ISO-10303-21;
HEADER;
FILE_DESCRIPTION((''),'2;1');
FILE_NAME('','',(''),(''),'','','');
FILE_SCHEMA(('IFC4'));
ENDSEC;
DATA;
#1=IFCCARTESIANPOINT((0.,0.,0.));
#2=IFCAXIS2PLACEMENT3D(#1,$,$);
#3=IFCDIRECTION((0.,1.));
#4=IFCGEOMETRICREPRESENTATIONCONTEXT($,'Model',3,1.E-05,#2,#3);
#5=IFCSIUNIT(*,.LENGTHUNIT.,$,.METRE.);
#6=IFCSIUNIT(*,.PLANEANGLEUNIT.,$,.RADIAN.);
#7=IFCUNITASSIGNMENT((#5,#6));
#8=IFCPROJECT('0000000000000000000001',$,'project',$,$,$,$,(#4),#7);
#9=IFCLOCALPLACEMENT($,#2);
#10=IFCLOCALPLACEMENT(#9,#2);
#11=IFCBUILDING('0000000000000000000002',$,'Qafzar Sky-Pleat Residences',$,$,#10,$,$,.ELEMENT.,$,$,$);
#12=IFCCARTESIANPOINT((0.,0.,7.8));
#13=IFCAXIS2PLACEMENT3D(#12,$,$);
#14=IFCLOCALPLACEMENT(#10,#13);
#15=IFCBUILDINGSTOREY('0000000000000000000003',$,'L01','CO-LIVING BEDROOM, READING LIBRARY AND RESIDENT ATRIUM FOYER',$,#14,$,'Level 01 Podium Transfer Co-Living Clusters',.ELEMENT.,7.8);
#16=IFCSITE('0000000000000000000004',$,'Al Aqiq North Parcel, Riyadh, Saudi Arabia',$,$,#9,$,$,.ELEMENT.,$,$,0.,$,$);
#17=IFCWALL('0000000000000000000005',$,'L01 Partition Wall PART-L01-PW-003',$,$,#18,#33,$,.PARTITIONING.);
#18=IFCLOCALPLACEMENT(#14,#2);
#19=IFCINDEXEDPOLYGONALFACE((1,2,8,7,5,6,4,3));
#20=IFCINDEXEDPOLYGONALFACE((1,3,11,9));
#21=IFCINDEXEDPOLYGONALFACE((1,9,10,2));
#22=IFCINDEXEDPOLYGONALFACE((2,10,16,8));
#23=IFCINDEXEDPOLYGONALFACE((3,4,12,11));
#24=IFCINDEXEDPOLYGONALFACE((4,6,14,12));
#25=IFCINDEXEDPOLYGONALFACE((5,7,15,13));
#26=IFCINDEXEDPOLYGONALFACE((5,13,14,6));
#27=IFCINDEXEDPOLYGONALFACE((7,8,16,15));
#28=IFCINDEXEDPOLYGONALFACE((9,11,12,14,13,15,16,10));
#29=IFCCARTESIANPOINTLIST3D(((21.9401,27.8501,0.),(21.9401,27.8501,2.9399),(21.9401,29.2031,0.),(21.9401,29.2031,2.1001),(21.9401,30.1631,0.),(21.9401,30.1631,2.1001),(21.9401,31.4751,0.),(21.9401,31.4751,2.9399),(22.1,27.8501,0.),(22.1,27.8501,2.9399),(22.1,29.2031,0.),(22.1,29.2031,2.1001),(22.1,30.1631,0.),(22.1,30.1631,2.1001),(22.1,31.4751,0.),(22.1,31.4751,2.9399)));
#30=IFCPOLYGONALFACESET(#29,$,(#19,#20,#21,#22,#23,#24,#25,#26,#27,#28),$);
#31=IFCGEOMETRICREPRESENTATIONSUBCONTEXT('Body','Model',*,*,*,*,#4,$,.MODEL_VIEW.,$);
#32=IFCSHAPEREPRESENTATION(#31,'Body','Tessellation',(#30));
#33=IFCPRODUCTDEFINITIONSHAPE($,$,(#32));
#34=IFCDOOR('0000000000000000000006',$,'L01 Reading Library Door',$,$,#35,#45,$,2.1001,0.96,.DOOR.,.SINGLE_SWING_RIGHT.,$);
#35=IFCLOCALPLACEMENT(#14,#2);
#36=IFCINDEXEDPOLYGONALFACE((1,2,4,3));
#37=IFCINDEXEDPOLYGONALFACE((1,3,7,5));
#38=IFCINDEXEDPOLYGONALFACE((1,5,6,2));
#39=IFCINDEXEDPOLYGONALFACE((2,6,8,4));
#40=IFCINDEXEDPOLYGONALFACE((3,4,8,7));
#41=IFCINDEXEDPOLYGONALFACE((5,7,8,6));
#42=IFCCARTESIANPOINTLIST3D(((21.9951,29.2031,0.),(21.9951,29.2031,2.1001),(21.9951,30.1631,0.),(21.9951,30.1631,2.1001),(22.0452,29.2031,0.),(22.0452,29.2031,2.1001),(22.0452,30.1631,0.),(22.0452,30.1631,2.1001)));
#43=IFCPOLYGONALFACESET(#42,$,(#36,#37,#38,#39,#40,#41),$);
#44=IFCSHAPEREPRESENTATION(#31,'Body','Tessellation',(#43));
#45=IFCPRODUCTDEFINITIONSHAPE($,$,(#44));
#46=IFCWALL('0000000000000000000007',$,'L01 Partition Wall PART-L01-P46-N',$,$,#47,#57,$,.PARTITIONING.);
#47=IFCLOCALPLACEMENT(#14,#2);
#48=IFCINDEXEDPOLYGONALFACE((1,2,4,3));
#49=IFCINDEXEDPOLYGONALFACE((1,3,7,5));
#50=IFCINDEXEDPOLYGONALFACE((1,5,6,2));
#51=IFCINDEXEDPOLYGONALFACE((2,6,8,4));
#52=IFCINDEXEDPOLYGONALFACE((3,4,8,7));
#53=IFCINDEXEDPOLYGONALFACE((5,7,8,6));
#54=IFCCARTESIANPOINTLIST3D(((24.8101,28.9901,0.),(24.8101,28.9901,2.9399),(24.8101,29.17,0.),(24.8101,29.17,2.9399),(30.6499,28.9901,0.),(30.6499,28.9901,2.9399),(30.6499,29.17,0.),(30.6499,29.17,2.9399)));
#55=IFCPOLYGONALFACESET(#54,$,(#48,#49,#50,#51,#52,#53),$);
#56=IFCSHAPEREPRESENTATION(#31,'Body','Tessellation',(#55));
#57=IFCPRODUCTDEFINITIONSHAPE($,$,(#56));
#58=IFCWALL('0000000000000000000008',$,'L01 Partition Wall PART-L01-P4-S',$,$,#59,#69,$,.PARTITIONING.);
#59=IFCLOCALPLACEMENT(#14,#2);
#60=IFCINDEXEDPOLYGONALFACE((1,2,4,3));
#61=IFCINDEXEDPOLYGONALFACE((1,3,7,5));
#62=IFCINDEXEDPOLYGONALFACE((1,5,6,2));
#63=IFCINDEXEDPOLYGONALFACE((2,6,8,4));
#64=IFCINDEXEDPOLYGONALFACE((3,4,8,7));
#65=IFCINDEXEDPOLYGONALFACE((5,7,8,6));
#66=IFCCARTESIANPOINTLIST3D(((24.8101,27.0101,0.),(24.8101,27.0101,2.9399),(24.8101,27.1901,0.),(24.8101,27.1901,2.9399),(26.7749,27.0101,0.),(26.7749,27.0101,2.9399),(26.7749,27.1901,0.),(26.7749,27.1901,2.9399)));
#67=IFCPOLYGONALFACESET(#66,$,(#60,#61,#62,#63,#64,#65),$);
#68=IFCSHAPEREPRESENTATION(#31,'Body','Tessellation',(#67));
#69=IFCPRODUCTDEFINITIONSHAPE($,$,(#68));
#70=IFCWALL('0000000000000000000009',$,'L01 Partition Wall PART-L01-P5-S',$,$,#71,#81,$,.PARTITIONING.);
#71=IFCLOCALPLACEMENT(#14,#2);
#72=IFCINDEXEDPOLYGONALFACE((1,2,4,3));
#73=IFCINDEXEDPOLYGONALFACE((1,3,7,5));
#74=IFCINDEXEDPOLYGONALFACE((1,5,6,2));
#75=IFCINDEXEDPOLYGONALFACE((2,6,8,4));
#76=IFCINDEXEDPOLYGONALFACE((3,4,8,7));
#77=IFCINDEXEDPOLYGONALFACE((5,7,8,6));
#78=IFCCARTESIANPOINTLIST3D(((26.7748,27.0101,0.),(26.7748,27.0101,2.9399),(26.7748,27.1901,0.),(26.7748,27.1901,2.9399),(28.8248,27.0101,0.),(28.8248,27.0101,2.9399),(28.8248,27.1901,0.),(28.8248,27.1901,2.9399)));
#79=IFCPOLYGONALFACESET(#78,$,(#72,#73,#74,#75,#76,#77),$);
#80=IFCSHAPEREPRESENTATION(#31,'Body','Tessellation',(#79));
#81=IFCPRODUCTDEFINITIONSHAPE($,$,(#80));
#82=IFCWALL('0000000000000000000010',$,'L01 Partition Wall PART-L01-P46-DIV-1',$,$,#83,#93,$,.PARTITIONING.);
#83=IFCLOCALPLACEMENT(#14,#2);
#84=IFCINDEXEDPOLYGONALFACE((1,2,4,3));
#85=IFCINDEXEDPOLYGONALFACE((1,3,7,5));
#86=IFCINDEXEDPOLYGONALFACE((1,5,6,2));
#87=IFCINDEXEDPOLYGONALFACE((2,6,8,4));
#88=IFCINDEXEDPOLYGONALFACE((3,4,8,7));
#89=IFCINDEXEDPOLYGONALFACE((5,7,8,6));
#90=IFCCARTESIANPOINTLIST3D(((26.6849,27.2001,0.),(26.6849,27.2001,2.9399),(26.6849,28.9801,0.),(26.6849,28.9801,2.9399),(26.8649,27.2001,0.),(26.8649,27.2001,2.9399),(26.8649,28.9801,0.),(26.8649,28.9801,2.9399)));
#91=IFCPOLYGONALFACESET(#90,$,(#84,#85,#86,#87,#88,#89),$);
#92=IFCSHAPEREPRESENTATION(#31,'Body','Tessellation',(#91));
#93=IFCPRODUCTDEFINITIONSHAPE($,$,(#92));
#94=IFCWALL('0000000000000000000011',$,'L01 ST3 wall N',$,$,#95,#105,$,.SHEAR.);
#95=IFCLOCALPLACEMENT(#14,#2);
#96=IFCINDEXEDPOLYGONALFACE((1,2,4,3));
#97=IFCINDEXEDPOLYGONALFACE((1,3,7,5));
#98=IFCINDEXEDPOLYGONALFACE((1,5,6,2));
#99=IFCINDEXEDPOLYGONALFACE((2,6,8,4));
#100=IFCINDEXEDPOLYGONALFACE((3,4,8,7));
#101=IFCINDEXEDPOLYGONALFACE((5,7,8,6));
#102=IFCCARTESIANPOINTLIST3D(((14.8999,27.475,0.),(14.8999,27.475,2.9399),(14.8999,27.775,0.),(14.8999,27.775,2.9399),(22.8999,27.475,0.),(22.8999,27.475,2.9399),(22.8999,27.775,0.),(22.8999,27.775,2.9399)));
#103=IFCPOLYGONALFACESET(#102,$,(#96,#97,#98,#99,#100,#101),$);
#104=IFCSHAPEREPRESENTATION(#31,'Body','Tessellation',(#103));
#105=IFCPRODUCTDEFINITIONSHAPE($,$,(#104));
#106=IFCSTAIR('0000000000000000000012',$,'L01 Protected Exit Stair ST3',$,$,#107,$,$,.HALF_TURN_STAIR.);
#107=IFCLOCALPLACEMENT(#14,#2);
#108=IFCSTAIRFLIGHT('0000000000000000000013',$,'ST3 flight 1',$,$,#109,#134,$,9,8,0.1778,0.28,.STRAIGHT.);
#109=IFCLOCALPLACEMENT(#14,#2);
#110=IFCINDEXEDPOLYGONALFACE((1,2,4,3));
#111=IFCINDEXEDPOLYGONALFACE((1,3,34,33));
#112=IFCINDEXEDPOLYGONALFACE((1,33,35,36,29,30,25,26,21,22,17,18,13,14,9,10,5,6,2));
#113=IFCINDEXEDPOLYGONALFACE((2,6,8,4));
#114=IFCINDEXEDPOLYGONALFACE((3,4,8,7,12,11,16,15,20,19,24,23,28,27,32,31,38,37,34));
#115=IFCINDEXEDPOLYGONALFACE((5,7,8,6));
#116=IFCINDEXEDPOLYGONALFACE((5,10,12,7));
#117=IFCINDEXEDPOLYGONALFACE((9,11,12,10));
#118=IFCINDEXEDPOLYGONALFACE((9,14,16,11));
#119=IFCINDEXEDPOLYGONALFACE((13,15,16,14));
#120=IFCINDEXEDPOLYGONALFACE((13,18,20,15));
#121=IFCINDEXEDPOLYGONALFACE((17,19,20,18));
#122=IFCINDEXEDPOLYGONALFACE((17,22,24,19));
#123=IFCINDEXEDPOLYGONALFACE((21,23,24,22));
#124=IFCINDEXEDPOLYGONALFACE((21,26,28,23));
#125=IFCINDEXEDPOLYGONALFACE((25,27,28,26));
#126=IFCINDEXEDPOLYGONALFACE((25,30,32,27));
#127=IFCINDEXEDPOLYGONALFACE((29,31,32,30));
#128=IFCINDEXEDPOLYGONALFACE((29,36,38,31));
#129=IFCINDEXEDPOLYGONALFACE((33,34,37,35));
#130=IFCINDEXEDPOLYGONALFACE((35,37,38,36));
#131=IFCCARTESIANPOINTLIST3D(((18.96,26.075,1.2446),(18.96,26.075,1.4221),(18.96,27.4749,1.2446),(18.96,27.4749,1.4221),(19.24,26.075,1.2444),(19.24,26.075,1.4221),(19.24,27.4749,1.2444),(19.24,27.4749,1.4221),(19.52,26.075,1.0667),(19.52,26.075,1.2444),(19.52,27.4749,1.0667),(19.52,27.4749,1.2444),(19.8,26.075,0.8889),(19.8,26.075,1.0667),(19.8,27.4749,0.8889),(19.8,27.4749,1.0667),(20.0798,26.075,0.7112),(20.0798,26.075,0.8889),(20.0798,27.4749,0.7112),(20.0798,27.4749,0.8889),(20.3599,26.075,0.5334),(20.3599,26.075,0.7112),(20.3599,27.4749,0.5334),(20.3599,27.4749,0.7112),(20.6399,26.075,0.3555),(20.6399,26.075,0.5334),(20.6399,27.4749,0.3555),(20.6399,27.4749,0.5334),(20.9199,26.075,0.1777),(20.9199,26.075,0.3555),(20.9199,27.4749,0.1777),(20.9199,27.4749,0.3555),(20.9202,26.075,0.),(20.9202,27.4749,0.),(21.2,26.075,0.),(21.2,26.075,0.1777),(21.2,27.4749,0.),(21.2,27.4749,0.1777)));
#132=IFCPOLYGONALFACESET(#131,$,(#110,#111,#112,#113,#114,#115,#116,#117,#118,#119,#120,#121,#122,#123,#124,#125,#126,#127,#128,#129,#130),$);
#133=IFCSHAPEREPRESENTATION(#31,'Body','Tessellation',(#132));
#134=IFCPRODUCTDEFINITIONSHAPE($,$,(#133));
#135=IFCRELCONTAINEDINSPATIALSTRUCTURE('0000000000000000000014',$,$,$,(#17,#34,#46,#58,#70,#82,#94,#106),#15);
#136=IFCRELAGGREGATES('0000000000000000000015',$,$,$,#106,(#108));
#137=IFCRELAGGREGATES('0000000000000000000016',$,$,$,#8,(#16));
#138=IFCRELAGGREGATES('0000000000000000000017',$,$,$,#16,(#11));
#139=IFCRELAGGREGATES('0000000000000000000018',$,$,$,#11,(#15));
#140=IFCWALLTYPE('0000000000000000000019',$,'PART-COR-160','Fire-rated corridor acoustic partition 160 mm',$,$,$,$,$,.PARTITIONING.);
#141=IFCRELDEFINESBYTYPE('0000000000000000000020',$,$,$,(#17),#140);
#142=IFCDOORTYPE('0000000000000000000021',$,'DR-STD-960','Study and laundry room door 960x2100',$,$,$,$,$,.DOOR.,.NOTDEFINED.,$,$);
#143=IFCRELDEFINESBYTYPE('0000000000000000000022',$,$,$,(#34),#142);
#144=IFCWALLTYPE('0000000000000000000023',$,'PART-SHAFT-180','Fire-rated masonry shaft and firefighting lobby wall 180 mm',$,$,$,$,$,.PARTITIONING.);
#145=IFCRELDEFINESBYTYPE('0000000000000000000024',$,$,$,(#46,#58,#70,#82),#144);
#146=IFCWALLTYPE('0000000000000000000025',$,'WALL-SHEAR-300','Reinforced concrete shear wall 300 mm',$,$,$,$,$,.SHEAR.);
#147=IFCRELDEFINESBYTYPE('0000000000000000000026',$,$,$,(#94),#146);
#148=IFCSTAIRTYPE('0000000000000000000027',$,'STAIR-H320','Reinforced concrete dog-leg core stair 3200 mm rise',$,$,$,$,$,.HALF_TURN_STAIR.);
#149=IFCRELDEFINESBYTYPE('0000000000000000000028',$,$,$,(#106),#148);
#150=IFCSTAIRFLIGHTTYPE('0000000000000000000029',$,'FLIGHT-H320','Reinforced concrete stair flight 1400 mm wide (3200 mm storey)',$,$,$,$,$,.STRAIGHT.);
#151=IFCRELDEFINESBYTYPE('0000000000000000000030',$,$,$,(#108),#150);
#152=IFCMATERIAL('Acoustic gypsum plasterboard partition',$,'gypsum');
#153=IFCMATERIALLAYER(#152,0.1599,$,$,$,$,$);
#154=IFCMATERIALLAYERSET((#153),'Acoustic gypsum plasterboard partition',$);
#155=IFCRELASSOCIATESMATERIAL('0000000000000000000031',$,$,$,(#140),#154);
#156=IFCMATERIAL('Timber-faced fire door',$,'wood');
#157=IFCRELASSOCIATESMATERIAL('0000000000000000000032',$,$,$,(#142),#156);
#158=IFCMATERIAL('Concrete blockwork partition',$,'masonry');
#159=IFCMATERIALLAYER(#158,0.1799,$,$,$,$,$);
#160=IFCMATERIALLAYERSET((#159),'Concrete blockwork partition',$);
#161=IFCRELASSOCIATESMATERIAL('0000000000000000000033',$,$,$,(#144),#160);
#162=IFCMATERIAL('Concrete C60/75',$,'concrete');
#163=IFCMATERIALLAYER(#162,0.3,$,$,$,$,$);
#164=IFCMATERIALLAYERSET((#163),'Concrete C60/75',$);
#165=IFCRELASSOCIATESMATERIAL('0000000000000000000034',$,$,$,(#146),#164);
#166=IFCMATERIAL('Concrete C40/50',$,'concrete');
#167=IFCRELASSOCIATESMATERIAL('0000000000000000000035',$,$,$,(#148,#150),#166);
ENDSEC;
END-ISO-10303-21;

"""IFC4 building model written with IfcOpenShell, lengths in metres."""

from ifc_helpers import new_model, si_unit, direction, frame, frame_2d, origin, place, context, subcontext, project, spatial, polyline, rectangle, outline, extrude, source, transform, mapped, material, layer, layer_set, type_object, element, fill, aggregate, save


model = new_model("IFC4")

# Units and contexts
model_context = context("Model", 3, precision=1e-05, world=origin(), true_north=direction((0.0, 1.0)))
body_context = subcontext(model_context, "Body", "Model", "MODEL_VIEW")
ifc_project = project(units=[si_unit("LENGTHUNIT", "METRE"), si_unit("PLANEANGLEUNIT", "RADIAN")], contexts=[model_context])

# Site, building, storey
site_placement = place(None, origin())
site = spatial("IfcSite", under=ifc_project, at=site_placement, Name="Al Aqiq North Parcel, Riyadh, Saudi Arabia", CompositionType="ELEMENT", RefElevation=0.0)
building_placement = place(site_placement, origin())
building = spatial("IfcBuilding", under=site, at=building_placement, Name="Qafzar Sky-Pleat Residences", CompositionType="ELEMENT")
storey_placement = place(building_placement, frame((0.0, 0.0, 7.8)))
storey = spatial("IfcBuildingStorey", under=building, at=storey_placement, Name="L01", Description="CO-LIVING BEDROOM, READING LIBRARY AND RESIDENT ATRIUM FOYER", LongName="Level 01 Podium Transfer Co-Living Clusters", CompositionType="ELEMENT", Elevation=7.8)

# Wall, opening, door
ifc_material_1 = material(Name="Acoustic gypsum plasterboard partition", Category="gypsum")
ifc_layer_1 = layer(ifc_material_1, 0.1599)
ifc_layer_set_1 = layer_set([ifc_layer_1], Name="Acoustic gypsum plasterboard partition")
wall_type_1 = type_object("IfcWallType", Name="PART-COR-160", Description="Fire-rated corridor acoustic partition 160 mm", PredefinedType="PARTITIONING", material=ifc_layer_set_1)
wall_1_placement = place(storey_placement, frame((22.02, 27.8501, 0.0), z_axis=(0.0, 0.0, 1.0), x_axis=(0.0, 1.0, 0.0)))
wall_1 = element("IfcWall", 1, at=wall_1_placement, inside=storey, type_object=wall_type_1, Name="L01 Partition Wall PART-L01-PW-003", PredefinedType="PARTITIONING", context=body_context, shape_type="SweptSolid", body=[
    extrude(rectangle(XDim=3.625, YDim=0.1599, at=frame_2d((1.8125, 0.0))), origin(), (0.0, 0.0, 1.0), 2.9399),
])
opening_1_placement = place(wall_1_placement, frame((1.353, 0.0, 0.0)))
opening_1 = element("IfcOpeningElement", 2, at=opening_1_placement, cuts=wall_1, PredefinedType="OPENING", context=body_context, shape_type="SweptSolid", body=[
    extrude(rectangle(XDim=0.96, YDim=2.1001, at=frame_2d((0.48, 1.05))), frame((0.0, 0.0898, 0.0), z_axis=(0.0, -1.0, 0.0), x_axis=(1.0, 0.0, 0.0)), (0.0, 0.0, 1.0), 0.1799),
])
ifc_material_2 = material(Name="Timber-faced fire door", Category="wood")
door_type_1 = type_object("IfcDoorType", Name="DR-STD-960", Description="Study and laundry room door 960x2100", OperationType="NOTDEFINED", PredefinedType="DOOR", material=ifc_material_2)
shared_shape_1 = source(origin(), body_context, "Body", "SweptSolid", [
    extrude(rectangle(XDim=0.96, YDim=2.1001, at=frame_2d((0.48, 1.05))), frame((0.0, 0.0249, 0.0), z_axis=(0.0, -1.0, 0.0), x_axis=(1.0, 0.0, 0.0)), (0.0, 0.0, 1.0), 0.05),
])
door_1_placement = place(opening_1_placement, origin())
door_1 = element("IfcDoor", 3, at=door_1_placement, inside=storey, type_object=door_type_1, Name="L01 Reading Library Door", OperationType="SINGLE_SWING_RIGHT", OverallHeight=2.1001, OverallWidth=0.96, PredefinedType="DOOR", context=body_context, shape_type="MappedRepresentation", body=[
    mapped(shared_shape_1, transform((0.0, 0.0, 0.0), x_axis=(1.0, 0.0, 0.0), y_axis=(0.0, 1.0, 0.0), z_axis=(0.0, 0.0, 1.0), scale=1.0)),
])
fill(opening_1, door_1)

# Walls
ifc_material_3 = material(Name="Concrete blockwork partition", Category="masonry")
ifc_layer_2 = layer(ifc_material_3, 0.1799)
ifc_layer_set_2 = layer_set([ifc_layer_2], Name="Concrete blockwork partition")
wall_type_2 = type_object("IfcWallType", Name="PART-SHAFT-180", Description="Fire-rated masonry shaft and firefighting lobby wall 180 mm", PredefinedType="PARTITIONING", material=ifc_layer_set_2)
wall_2_placement = place(storey_placement, frame((24.8101, 29.0801, 0.0), z_axis=(0.0, 0.0, 1.0), x_axis=(1.0, 0.0, 0.0)))
element("IfcWall", 4, at=wall_2_placement, inside=storey, type_object=wall_type_2, Name="L01 Partition Wall PART-L01-P46-N", PredefinedType="PARTITIONING", context=body_context, shape_type="SweptSolid", body=[
    extrude(rectangle(XDim=5.8398, YDim=0.1799, at=frame_2d((2.9199, 0.0))), origin(), (0.0, 0.0, 1.0), 2.9399),
])
wall_3_placement = place(storey_placement, frame((24.8101, 27.1001, 0.0), z_axis=(0.0, 0.0, 1.0), x_axis=(1.0, 0.0, 0.0)))
element("IfcWall", 5, at=wall_3_placement, inside=storey, type_object=wall_type_2, Name="L01 Partition Wall PART-L01-P4-S", PredefinedType="PARTITIONING", context=body_context, shape_type="SweptSolid", body=[
    extrude(rectangle(XDim=1.9648, YDim=0.1799, at=frame_2d((0.9824, 0.0))), origin(), (0.0, 0.0, 1.0), 2.9399),
])
wall_4_placement = place(storey_placement, frame((26.7749, 27.1001, 0.0), z_axis=(0.0, 0.0, 1.0), x_axis=(1.0, 0.0, 0.0)))
element("IfcWall", 6, at=wall_4_placement, inside=storey, type_object=wall_type_2, Name="L01 Partition Wall PART-L01-P5-S", PredefinedType="PARTITIONING", context=body_context, shape_type="SweptSolid", body=[
    extrude(rectangle(XDim=2.05, YDim=0.1799, at=frame_2d((1.0249, 0.0))), origin(), (0.0, 0.0, 1.0), 2.9399),
])
wall_5_placement = place(storey_placement, frame((26.7749, 27.2, 0.0), z_axis=(0.0, 0.0, 1.0), x_axis=(0.0, 1.0, 0.0)))
element("IfcWall", 7, at=wall_5_placement, inside=storey, type_object=wall_type_2, Name="L01 Partition Wall PART-L01-P46-DIV-1", PredefinedType="PARTITIONING", context=body_context, shape_type="SweptSolid", body=[
    extrude(rectangle(XDim=1.78, YDim=0.1799, at=frame_2d((0.8901, 0.0))), origin(), (0.0, 0.0, 1.0), 2.9399),
])

# Shared definitions
ifc_material_4 = material(Name="Concrete C60/75", Category="concrete")
ifc_layer_3 = layer(ifc_material_4, 0.3)
ifc_layer_set_3 = layer_set([ifc_layer_3], Name="Concrete C60/75")
wall_type_3 = type_object("IfcWallType", Name="WALL-SHEAR-300", Description="Reinforced concrete shear wall 300 mm", PredefinedType="SHEAR", material=ifc_layer_set_3)

# Wall
wall_6_placement = place(storey_placement, frame((22.8999, 27.625, 0.0), z_axis=(0.0, 0.0, 1.0), x_axis=(-1.0, 0.0, 0.0)))
element("IfcWall", 8, at=wall_6_placement, inside=storey, type_object=wall_type_3, Name="L01 ST3 wall N", PredefinedType="SHEAR", context=body_context, shape_type="SweptSolid", body=[
    extrude(rectangle(XDim=8.0, YDim=0.3, at=frame_2d((4.0, 0.0))), origin(), (0.0, 0.0, 1.0), 2.9399),
])

# Stair, stair flight
ifc_material_5 = material(Name="Concrete C40/50", Category="concrete")
stair_type = type_object("IfcStairType", Name="STAIR-H320", Description="Reinforced concrete dog-leg core stair 3200 mm rise", PredefinedType="HALF_TURN_STAIR", material=ifc_material_5)
stair_placement = place(storey_placement, origin())
stair = element("IfcStair", 9, at=stair_placement, inside=storey, type_object=stair_type, Name="L01 Protected Exit Stair ST3", PredefinedType="HALF_TURN_STAIR")
stair_flight_type = type_object("IfcStairFlightType", Name="FLIGHT-H320", Description="Reinforced concrete stair flight 1400 mm wide (3200 mm storey)", PredefinedType="STRAIGHT", material=ifc_material_5)
shared_shape_2 = source(origin(), body_context, "Body", "SweptSolid", [
    extrude(outline(polyline([(0.0, 0.0), (0.0, 0.1777), (0.28, 0.1777), (0.28, 0.3555), (0.5601, 0.3555), (0.5601, 0.5334), (0.8401, 0.5334), (0.8401, 0.7112), (1.1201, 0.7112), (1.1201, 0.8889), (1.3999, 0.8889), (1.3999, 1.0667), (1.6799, 1.0667), (1.6799, 1.2444), (1.96, 1.2444), (1.96, 1.4221), (2.24, 1.4221), (2.24, 1.6001), (2.24, 1.2446), (0.2798, 0.0), (0.0, 0.0)])), frame((0.0, 0.7, 0.0), z_axis=(0.0, -1.0, 0.0), x_axis=(1.0, 0.0, 0.0)), (0.0, 0.0, 1.0), 1.3999),
])
stair_flight_placement = place(storey_placement, frame((21.2, 26.7749, 0.0), z_axis=(0.0, 0.0, 1.0), x_axis=(-1.0, 0.0, 0.0)))
stair_flight = element("IfcStairFlight", 10, at=stair_flight_placement, type_object=stair_flight_type, Name="ST3 flight 1", NumberOfRisers=9, NumberOfTreads=8, PredefinedType="STRAIGHT", RiserHeight=0.1778, TreadLength=0.28, context=body_context, shape_type="MappedRepresentation", body=[
    mapped(shared_shape_2, transform((0.0, 0.0, 0.0), x_axis=(1.0, 0.0, 0.0), y_axis=(0.0, 1.0, 0.0), z_axis=(0.0, 0.0, 1.0), scale=1.0)),
])
aggregate(stair, [stair_flight])

save(model, "model.ifc")
